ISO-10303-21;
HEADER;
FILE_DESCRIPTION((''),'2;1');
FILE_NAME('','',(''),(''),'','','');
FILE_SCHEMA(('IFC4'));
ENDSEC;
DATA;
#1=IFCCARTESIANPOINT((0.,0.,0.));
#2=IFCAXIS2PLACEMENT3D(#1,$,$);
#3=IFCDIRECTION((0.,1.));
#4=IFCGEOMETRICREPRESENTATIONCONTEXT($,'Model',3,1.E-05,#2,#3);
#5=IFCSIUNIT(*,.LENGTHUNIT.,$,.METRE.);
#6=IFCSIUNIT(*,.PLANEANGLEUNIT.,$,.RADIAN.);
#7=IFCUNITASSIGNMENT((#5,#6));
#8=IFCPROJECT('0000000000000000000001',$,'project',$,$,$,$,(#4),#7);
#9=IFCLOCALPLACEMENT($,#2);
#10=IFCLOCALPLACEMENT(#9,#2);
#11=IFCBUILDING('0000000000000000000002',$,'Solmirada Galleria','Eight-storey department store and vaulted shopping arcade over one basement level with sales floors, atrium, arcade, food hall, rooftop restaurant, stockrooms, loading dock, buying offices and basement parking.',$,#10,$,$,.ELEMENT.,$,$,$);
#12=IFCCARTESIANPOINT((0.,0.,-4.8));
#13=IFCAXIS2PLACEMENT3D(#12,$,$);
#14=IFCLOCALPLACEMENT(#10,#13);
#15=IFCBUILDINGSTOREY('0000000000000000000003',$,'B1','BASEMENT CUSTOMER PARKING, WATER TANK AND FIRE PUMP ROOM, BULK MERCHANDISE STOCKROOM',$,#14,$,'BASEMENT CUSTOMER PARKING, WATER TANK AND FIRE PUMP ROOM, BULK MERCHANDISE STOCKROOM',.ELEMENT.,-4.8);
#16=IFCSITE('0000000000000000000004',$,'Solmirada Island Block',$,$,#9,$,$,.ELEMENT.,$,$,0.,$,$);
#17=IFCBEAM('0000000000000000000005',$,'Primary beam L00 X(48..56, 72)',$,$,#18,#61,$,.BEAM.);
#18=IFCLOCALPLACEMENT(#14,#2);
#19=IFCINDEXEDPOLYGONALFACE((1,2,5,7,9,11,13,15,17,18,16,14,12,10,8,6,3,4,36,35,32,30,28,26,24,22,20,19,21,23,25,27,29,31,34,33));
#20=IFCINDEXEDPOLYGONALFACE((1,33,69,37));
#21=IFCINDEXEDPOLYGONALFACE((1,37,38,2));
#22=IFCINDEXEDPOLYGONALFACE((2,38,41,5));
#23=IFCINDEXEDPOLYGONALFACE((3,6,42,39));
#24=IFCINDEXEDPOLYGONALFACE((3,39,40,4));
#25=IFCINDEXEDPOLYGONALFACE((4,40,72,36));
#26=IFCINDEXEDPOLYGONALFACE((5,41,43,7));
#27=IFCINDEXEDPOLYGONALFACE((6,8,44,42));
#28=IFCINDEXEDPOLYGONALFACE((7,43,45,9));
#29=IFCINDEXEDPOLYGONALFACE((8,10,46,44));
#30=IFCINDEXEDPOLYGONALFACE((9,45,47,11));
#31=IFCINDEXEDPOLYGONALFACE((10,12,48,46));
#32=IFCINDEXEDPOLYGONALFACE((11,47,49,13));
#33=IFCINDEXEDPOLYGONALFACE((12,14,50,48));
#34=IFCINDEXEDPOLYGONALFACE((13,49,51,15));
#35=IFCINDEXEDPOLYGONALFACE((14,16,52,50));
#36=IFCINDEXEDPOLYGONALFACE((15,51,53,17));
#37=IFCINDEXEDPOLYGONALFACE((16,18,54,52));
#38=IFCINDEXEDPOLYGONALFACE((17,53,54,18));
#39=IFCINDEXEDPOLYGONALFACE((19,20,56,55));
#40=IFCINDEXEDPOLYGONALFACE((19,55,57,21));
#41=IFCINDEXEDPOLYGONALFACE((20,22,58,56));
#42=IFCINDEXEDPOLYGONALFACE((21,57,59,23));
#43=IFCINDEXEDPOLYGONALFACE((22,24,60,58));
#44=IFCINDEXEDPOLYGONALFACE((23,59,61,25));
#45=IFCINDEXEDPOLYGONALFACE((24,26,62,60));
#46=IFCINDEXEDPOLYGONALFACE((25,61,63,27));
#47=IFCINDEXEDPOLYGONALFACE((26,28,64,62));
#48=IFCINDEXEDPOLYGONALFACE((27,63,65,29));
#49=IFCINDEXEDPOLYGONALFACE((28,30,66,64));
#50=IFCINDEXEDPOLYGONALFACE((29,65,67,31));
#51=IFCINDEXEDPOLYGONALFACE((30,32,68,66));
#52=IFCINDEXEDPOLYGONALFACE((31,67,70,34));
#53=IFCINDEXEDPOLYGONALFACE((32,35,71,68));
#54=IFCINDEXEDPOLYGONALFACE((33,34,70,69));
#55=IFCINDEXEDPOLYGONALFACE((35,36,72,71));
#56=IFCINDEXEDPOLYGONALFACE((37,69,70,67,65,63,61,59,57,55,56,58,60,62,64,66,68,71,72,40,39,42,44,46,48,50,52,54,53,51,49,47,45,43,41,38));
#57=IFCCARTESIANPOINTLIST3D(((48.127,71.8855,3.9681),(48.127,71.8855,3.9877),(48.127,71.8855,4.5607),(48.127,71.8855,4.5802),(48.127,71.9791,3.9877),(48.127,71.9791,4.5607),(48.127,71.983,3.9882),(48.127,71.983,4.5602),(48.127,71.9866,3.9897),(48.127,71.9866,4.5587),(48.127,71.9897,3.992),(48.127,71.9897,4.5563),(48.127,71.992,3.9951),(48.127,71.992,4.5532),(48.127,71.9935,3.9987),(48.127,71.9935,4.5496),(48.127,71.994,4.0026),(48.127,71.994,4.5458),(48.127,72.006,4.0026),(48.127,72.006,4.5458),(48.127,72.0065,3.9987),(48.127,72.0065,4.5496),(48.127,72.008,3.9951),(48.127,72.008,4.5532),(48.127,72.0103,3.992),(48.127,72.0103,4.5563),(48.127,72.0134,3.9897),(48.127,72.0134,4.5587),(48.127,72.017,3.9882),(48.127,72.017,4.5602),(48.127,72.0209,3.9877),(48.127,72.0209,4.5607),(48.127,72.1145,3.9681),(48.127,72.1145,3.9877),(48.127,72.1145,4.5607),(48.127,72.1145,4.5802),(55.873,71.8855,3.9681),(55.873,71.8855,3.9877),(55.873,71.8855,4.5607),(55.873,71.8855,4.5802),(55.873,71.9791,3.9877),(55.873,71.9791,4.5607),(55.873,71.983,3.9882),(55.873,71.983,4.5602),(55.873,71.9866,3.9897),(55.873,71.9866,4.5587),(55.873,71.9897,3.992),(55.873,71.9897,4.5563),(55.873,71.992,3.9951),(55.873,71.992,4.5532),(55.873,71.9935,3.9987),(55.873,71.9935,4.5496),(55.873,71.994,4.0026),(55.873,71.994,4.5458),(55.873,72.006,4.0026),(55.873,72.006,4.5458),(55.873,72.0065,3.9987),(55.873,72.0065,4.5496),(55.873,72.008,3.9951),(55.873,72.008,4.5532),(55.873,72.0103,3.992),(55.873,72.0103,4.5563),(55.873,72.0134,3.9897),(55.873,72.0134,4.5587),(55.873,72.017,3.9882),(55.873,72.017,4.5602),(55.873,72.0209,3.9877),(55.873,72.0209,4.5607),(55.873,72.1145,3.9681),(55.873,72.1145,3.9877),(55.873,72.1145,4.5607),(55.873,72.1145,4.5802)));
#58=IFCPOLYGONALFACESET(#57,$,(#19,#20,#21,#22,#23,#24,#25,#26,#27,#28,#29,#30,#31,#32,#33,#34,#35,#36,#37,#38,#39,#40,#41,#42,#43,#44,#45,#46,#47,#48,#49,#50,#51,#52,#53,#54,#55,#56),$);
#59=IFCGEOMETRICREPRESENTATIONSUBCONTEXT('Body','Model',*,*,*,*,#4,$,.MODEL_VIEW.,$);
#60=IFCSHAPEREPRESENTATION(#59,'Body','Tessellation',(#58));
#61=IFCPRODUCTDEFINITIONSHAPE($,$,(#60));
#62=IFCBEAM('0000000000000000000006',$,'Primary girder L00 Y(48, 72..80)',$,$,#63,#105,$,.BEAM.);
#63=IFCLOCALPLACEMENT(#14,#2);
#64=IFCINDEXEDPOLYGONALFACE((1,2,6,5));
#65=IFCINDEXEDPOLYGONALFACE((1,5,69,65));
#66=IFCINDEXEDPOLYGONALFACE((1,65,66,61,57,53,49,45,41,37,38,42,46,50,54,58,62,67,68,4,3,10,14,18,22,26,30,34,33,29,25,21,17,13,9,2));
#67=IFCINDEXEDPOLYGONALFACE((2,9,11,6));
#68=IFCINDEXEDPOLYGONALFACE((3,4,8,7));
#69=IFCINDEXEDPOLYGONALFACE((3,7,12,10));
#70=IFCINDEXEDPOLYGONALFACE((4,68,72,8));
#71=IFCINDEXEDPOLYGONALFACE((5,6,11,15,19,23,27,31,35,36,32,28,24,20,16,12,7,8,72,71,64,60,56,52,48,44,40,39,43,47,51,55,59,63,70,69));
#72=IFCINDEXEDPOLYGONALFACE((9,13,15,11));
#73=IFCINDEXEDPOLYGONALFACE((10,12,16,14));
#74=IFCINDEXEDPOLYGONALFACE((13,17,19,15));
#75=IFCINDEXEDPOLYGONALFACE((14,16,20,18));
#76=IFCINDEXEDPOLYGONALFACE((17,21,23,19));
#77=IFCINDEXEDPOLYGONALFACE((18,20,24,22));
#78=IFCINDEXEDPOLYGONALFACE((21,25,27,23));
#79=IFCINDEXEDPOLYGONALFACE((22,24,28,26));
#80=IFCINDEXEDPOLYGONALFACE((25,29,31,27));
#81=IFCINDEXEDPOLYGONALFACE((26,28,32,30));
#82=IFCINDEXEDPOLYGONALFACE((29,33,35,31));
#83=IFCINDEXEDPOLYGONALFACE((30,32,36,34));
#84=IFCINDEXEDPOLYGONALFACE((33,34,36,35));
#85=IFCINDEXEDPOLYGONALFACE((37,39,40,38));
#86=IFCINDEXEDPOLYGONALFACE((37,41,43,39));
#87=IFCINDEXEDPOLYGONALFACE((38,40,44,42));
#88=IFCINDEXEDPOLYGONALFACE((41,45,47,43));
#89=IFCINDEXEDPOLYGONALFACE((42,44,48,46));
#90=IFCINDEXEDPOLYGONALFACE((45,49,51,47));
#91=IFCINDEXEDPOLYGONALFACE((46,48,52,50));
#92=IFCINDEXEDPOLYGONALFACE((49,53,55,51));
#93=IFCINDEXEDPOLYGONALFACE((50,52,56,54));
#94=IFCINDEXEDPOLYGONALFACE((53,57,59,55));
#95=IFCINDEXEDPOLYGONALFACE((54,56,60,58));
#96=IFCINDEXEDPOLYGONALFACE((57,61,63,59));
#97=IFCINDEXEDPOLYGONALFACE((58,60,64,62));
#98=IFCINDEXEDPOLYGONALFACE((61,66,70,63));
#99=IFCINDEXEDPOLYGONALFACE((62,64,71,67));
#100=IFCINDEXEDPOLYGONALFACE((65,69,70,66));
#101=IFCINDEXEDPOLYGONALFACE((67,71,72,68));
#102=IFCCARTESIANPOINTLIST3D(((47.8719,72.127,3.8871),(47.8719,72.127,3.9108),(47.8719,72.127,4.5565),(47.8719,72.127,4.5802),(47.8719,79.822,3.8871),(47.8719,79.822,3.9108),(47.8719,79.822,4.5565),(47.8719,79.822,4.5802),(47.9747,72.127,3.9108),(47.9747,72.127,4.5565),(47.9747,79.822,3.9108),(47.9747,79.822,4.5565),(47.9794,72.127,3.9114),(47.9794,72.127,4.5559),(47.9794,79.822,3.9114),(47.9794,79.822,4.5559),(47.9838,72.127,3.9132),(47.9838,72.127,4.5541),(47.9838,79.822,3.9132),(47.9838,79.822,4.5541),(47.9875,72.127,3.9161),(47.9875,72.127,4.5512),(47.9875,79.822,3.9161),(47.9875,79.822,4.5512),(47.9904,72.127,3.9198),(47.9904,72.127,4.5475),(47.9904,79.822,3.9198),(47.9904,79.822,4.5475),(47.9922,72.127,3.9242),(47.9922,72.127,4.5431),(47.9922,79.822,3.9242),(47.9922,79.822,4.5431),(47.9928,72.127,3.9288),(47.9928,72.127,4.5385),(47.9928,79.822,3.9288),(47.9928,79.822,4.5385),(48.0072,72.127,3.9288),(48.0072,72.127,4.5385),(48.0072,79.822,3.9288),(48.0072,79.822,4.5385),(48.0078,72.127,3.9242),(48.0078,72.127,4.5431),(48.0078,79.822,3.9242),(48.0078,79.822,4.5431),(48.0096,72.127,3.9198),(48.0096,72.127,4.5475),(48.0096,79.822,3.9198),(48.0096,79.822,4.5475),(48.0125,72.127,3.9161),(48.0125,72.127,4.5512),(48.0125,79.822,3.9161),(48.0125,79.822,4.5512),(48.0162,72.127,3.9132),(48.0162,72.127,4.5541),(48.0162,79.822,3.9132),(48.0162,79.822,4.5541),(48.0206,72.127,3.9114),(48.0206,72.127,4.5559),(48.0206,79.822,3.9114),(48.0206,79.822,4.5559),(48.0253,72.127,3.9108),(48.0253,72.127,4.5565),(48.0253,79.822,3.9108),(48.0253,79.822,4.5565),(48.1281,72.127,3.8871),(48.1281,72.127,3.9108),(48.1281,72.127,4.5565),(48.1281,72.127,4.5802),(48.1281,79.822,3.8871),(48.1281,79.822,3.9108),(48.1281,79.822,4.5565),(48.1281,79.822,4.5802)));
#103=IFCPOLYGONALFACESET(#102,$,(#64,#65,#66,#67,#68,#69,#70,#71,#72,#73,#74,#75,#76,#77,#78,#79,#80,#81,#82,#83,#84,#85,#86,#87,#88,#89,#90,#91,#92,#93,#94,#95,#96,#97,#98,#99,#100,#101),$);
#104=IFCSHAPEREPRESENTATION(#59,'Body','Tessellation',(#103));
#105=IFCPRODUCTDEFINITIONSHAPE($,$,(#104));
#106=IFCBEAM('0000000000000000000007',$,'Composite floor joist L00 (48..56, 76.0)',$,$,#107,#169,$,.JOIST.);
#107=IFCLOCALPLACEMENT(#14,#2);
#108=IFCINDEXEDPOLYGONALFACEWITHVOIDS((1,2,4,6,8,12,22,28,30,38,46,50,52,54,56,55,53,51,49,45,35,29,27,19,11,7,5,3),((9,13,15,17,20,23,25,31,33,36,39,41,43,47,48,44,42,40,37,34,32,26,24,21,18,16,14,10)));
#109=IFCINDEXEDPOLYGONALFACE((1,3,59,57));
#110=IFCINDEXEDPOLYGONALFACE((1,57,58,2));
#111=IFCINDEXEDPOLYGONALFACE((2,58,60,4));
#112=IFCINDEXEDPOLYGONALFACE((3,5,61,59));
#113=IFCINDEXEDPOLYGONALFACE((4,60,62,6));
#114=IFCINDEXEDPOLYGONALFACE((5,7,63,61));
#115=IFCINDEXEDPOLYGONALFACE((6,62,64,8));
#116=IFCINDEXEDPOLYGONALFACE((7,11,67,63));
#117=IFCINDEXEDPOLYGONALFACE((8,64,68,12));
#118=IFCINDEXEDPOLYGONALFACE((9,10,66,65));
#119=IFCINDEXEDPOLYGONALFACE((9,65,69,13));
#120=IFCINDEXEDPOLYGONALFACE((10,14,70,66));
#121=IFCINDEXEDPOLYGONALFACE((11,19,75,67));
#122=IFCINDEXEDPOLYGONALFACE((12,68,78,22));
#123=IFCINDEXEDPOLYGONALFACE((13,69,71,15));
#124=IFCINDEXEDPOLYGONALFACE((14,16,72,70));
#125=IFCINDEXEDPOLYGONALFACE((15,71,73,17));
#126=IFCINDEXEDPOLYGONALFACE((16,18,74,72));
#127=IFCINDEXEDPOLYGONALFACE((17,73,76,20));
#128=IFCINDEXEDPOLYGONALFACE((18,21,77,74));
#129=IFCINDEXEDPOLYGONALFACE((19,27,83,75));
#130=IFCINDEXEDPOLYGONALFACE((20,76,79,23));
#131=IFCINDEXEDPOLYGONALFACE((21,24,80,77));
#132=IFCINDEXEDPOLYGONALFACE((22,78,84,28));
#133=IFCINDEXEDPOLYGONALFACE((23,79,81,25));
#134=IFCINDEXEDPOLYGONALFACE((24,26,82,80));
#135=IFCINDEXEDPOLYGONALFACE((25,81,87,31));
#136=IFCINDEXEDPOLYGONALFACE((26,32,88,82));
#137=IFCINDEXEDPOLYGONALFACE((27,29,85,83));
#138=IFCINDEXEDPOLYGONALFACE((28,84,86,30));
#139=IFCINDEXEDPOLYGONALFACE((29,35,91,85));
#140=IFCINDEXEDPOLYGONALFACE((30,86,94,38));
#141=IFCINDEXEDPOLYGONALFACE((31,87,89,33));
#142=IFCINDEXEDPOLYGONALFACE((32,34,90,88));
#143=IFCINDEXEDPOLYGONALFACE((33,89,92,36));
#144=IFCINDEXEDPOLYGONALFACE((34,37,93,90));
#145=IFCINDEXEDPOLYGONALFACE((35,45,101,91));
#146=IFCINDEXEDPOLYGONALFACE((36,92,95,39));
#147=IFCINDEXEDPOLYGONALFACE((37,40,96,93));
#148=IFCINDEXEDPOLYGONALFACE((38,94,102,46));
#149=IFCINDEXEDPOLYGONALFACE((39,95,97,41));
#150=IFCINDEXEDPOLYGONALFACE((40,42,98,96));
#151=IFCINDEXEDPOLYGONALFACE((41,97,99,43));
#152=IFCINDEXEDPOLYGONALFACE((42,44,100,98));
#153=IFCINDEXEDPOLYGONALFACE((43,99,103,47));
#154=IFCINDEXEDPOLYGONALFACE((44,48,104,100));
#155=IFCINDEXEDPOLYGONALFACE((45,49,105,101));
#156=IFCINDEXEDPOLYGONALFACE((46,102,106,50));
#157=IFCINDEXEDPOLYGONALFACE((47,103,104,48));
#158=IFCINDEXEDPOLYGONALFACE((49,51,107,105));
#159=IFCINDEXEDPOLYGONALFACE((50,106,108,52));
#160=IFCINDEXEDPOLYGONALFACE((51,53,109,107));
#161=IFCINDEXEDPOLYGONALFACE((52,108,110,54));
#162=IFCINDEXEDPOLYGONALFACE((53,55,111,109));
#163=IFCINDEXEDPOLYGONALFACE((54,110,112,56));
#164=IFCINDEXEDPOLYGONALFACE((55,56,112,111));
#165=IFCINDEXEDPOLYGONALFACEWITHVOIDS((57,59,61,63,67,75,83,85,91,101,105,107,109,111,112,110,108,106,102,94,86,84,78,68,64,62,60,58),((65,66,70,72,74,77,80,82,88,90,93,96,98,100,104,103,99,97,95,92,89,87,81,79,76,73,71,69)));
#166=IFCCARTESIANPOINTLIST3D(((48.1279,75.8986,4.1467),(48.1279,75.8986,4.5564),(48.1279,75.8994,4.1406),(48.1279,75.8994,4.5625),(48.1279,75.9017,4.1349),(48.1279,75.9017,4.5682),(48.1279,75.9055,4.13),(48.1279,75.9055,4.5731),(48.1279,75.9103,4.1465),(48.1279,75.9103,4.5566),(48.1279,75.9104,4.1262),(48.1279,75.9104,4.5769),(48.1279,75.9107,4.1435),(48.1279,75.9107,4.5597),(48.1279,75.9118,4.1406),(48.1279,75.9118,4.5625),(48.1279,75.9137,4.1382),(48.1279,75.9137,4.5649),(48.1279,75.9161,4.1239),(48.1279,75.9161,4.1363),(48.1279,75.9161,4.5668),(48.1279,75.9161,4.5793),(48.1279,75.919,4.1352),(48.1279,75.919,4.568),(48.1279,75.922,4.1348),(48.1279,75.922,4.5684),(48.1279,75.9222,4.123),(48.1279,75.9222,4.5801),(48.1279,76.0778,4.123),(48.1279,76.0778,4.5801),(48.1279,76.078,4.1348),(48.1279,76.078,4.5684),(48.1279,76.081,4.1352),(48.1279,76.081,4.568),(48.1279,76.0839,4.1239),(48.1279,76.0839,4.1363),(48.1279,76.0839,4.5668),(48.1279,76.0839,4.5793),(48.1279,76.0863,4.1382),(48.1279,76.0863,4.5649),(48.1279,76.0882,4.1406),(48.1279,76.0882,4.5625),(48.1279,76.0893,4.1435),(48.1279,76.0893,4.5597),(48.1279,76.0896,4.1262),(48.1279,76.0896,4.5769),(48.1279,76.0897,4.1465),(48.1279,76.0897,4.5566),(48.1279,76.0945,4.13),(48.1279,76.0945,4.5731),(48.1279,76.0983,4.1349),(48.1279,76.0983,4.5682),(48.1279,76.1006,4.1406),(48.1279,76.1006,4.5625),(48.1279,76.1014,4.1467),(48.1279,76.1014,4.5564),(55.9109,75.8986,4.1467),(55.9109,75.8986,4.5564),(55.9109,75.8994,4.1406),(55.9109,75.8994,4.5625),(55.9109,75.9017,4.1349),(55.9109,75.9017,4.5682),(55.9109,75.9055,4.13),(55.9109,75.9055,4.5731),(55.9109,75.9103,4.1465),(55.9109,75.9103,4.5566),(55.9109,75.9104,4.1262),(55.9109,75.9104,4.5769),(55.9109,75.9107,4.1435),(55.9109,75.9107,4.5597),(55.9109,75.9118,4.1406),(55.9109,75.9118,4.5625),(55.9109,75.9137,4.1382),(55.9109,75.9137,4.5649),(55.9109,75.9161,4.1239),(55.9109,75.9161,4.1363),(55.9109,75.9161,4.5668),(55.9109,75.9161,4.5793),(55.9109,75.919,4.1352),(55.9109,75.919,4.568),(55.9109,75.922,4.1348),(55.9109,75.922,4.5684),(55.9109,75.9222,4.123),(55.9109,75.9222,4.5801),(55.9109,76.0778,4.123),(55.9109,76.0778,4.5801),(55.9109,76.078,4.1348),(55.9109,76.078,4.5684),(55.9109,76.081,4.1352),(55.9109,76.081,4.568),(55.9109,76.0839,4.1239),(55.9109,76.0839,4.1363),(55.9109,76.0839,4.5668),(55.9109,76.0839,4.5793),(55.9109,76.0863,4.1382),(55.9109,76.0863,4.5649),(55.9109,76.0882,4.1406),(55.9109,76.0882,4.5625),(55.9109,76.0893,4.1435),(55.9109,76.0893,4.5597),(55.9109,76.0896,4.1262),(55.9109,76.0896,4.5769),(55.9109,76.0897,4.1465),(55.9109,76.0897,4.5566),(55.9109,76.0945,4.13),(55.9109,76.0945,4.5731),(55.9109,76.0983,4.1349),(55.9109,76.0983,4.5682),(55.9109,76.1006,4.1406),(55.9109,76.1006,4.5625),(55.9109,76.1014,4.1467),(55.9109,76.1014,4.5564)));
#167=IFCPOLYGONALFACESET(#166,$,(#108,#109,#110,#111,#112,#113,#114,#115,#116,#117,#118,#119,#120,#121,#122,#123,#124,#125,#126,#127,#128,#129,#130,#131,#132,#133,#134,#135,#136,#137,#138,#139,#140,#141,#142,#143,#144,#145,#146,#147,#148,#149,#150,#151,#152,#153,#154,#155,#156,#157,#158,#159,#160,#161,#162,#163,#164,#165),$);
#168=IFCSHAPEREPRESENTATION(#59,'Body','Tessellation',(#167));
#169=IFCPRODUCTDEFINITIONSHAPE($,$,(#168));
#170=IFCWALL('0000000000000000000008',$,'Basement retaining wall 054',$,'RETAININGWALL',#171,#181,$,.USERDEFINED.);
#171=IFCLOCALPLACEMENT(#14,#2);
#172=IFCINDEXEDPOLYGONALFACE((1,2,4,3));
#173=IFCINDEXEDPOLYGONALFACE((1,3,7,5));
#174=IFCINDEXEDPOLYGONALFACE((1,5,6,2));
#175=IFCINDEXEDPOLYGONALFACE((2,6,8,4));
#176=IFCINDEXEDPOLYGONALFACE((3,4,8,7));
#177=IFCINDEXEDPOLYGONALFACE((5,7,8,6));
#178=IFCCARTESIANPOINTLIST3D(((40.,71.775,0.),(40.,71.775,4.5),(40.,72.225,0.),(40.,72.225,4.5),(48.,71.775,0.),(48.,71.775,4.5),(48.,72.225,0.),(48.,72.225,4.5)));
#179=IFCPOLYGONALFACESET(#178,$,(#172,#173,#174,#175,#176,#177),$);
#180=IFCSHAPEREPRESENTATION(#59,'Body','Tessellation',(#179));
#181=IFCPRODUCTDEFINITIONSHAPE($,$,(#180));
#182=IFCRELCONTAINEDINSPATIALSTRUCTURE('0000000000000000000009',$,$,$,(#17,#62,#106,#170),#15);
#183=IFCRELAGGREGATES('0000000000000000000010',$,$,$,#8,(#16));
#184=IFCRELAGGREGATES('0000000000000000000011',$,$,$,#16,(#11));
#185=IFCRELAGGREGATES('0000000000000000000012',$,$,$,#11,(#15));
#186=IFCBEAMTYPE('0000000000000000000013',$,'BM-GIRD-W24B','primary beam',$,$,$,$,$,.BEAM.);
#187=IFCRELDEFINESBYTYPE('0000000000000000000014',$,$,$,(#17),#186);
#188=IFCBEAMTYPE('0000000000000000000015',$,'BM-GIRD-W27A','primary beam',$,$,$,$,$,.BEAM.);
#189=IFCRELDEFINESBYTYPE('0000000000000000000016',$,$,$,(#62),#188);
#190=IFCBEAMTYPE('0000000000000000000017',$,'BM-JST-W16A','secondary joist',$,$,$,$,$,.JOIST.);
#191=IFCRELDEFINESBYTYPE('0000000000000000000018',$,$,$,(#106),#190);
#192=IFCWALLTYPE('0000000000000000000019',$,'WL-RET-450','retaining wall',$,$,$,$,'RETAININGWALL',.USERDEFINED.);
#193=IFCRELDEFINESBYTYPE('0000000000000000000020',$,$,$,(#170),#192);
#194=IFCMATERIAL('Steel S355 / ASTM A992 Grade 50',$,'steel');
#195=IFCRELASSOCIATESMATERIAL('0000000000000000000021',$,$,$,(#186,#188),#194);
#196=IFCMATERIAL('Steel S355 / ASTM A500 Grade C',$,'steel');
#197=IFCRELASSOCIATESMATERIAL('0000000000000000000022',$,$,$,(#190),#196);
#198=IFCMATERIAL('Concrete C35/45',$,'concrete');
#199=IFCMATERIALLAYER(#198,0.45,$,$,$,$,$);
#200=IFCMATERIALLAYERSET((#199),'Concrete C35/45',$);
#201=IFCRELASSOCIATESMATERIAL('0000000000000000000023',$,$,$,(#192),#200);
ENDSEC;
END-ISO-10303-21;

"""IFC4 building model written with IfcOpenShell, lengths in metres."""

from ifc_helpers import new_model, si_unit, direction, frame, frame_2d, origin, origin_2d, place, context, subcontext, project, spatial, rectangle, hollow_rectangle, i_section, extrude, material, layer, layer_set, material_profile, profile_set, type_object, element, save


model = new_model("IFC4")

# Units and contexts
model_context = context("Model", 3, precision=1e-05, world=origin(), true_north=direction((0.0, 1.0)))
body_context = subcontext(model_context, "Body", "Model", "MODEL_VIEW")
ifc_project = project(units=[si_unit("LENGTHUNIT", "METRE"), si_unit("PLANEANGLEUNIT", "RADIAN")], contexts=[model_context])

# Site, building, storey
site_placement = place(None, origin())
site = spatial("IfcSite", under=ifc_project, at=site_placement, Name="Solmirada Island Block", CompositionType="ELEMENT", RefElevation=0.0)
building_placement = place(site_placement, origin())
building = spatial("IfcBuilding", under=site, at=building_placement, Name="Solmirada Galleria", Description="Eight-storey department store and vaulted shopping arcade over one basement level with sales floors, atrium, arcade, food hall, rooftop restaurant, stockrooms, loading dock, buying offices and basement parking.", CompositionType="ELEMENT")
storey_placement = place(building_placement, frame((0.0, 0.0, -4.8)))
storey = spatial("IfcBuildingStorey", under=building, at=storey_placement, Name="B1", Description="BASEMENT CUSTOMER PARKING, WATER TANK AND FIRE PUMP ROOM, BULK MERCHANDISE STOCKROOM", LongName="BASEMENT CUSTOMER PARKING, WATER TANK AND FIRE PUMP ROOM, BULK MERCHANDISE STOCKROOM", CompositionType="ELEMENT", Elevation=-4.8)

# Shared definitions
ifc_material_1 = material(Name="Concrete C35/45", Category="concrete")

# Shared definitions
ifc_material_2 = material(Name="Steel S355 / ASTM A500 Grade C", Category="steel")

# Beams
ifc_material_3 = material(Name="Steel S355 / ASTM A992 Grade 50", Category="steel")
ifc_material_profile_1 = material_profile(ifc_material_3, i_section(OverallWidth=0.229, OverallDepth=0.6121, WebThickness=0.012, FlangeThickness=0.0195, FilletRadius=0.0149, at=origin_2d()), Name="W24X84")
ifc_profile_set_1 = profile_set([ifc_material_profile_1], Name="Steel S355 / ASTM A992 Grade 50")
beam_type_1 = type_object("IfcBeamType", Name="BM-GIRD-W24B", Description="primary beam", PredefinedType="BEAM", material=ifc_profile_set_1)
beam_1_placement = place(storey_placement, frame((48.127, 72.0, 4.2742), z_axis=(1.0, 0.0, 0.0), x_axis=(0.0, 1.0, 0.0)))
element("IfcBeam", 1, at=beam_1_placement, inside=storey, type_object=beam_type_1, Name="Primary beam L00 X(48..56, 72)", PredefinedType="BEAM", context=body_context, shape_type="SweptSolid", body=[
    extrude(i_section(OverallWidth=0.229, OverallDepth=0.6121, WebThickness=0.012, FlangeThickness=0.0195, FilletRadius=0.0149, at=origin_2d()), origin(), (0.0, 0.0, 1.0), 7.7461),
])
ifc_material_profile_2 = material_profile(ifc_material_3, i_section(OverallWidth=0.2561, OverallDepth=0.6931, WebThickness=0.0144, FlangeThickness=0.0237, FilletRadius=0.0181, at=origin_2d()), Name="W27X114")
ifc_profile_set_2 = profile_set([ifc_material_profile_2], Name="Steel S355 / ASTM A992 Grade 50")
beam_type_2 = type_object("IfcBeamType", Name="BM-GIRD-W27A", Description="primary beam", PredefinedType="BEAM", material=ifc_profile_set_2)
beam_2_placement = place(storey_placement, frame((48.0, 72.127, 4.2336), z_axis=(0.0, 1.0, 0.0), x_axis=(-1.0, 0.0, 0.0)))
element("IfcBeam", 2, at=beam_2_placement, inside=storey, type_object=beam_type_2, Name="Primary girder L00 Y(48, 72..80)", PredefinedType="BEAM", context=body_context, shape_type="SweptSolid", body=[
    extrude(i_section(OverallWidth=0.2561, OverallDepth=0.6931, WebThickness=0.0144, FlangeThickness=0.0237, FilletRadius=0.0181, at=origin_2d()), origin(), (0.0, 0.0, 1.0), 7.6951),
])
ifc_material_profile_3 = material_profile(ifc_material_2, hollow_rectangle(XDim=0.2029, YDim=0.457, WallThickness=0.0117, InnerFilletRadius=0.0117, OuterFilletRadius=0.0237, at=origin_2d()), Name="HSS18X8X1/2")
ifc_profile_set_3 = profile_set([ifc_material_profile_3], Name="Steel S355 / ASTM A500 Grade C")
beam_type_3 = type_object("IfcBeamType", Name="BM-JST-W16A", Description="secondary joist", PredefinedType="JOIST", material=ifc_profile_set_3)
beam_3_placement = place(storey_placement, frame((48.1279, 76.0, 4.3516), z_axis=(1.0, 0.0, 0.0), x_axis=(0.0, 1.0, 0.0)))
element("IfcBeam", 3, at=beam_3_placement, inside=storey, type_object=beam_type_3, Name="Composite floor joist L00 (48..56, 76.0)", PredefinedType="JOIST", context=body_context, shape_type="SweptSolid", body=[
    extrude(hollow_rectangle(XDim=0.2029, YDim=0.457, WallThickness=0.0117, InnerFilletRadius=0.0117, OuterFilletRadius=0.0237, at=origin_2d()), origin(), (0.0, 0.0, 1.0), 7.783),
])

# Wall
ifc_layer_1 = layer(ifc_material_1, 0.45)
ifc_layer_set_1 = layer_set([ifc_layer_1], Name="Concrete C35/45")
wall_type = type_object("IfcWallType", Name="WL-RET-450", Description="retaining wall", ElementType="RETAININGWALL", PredefinedType="USERDEFINED", material=ifc_layer_set_1)
wall_placement = place(storey_placement, frame((48.0, 72.0, 0.0), z_axis=(0.0, 0.0, 1.0), x_axis=(-1.0, 0.0, 0.0)))
element("IfcWall", 4, at=wall_placement, inside=storey, type_object=wall_type, Name="Basement retaining wall 054", ObjectType="RETAININGWALL", PredefinedType="USERDEFINED", context=body_context, shape_type="SweptSolid", body=[
    extrude(rectangle(XDim=8.0, YDim=0.45, at=frame_2d((4.0, 0.0))), origin(), (0.0, 0.0, 1.0), 4.5),
])

save(model, "model.ifc")
